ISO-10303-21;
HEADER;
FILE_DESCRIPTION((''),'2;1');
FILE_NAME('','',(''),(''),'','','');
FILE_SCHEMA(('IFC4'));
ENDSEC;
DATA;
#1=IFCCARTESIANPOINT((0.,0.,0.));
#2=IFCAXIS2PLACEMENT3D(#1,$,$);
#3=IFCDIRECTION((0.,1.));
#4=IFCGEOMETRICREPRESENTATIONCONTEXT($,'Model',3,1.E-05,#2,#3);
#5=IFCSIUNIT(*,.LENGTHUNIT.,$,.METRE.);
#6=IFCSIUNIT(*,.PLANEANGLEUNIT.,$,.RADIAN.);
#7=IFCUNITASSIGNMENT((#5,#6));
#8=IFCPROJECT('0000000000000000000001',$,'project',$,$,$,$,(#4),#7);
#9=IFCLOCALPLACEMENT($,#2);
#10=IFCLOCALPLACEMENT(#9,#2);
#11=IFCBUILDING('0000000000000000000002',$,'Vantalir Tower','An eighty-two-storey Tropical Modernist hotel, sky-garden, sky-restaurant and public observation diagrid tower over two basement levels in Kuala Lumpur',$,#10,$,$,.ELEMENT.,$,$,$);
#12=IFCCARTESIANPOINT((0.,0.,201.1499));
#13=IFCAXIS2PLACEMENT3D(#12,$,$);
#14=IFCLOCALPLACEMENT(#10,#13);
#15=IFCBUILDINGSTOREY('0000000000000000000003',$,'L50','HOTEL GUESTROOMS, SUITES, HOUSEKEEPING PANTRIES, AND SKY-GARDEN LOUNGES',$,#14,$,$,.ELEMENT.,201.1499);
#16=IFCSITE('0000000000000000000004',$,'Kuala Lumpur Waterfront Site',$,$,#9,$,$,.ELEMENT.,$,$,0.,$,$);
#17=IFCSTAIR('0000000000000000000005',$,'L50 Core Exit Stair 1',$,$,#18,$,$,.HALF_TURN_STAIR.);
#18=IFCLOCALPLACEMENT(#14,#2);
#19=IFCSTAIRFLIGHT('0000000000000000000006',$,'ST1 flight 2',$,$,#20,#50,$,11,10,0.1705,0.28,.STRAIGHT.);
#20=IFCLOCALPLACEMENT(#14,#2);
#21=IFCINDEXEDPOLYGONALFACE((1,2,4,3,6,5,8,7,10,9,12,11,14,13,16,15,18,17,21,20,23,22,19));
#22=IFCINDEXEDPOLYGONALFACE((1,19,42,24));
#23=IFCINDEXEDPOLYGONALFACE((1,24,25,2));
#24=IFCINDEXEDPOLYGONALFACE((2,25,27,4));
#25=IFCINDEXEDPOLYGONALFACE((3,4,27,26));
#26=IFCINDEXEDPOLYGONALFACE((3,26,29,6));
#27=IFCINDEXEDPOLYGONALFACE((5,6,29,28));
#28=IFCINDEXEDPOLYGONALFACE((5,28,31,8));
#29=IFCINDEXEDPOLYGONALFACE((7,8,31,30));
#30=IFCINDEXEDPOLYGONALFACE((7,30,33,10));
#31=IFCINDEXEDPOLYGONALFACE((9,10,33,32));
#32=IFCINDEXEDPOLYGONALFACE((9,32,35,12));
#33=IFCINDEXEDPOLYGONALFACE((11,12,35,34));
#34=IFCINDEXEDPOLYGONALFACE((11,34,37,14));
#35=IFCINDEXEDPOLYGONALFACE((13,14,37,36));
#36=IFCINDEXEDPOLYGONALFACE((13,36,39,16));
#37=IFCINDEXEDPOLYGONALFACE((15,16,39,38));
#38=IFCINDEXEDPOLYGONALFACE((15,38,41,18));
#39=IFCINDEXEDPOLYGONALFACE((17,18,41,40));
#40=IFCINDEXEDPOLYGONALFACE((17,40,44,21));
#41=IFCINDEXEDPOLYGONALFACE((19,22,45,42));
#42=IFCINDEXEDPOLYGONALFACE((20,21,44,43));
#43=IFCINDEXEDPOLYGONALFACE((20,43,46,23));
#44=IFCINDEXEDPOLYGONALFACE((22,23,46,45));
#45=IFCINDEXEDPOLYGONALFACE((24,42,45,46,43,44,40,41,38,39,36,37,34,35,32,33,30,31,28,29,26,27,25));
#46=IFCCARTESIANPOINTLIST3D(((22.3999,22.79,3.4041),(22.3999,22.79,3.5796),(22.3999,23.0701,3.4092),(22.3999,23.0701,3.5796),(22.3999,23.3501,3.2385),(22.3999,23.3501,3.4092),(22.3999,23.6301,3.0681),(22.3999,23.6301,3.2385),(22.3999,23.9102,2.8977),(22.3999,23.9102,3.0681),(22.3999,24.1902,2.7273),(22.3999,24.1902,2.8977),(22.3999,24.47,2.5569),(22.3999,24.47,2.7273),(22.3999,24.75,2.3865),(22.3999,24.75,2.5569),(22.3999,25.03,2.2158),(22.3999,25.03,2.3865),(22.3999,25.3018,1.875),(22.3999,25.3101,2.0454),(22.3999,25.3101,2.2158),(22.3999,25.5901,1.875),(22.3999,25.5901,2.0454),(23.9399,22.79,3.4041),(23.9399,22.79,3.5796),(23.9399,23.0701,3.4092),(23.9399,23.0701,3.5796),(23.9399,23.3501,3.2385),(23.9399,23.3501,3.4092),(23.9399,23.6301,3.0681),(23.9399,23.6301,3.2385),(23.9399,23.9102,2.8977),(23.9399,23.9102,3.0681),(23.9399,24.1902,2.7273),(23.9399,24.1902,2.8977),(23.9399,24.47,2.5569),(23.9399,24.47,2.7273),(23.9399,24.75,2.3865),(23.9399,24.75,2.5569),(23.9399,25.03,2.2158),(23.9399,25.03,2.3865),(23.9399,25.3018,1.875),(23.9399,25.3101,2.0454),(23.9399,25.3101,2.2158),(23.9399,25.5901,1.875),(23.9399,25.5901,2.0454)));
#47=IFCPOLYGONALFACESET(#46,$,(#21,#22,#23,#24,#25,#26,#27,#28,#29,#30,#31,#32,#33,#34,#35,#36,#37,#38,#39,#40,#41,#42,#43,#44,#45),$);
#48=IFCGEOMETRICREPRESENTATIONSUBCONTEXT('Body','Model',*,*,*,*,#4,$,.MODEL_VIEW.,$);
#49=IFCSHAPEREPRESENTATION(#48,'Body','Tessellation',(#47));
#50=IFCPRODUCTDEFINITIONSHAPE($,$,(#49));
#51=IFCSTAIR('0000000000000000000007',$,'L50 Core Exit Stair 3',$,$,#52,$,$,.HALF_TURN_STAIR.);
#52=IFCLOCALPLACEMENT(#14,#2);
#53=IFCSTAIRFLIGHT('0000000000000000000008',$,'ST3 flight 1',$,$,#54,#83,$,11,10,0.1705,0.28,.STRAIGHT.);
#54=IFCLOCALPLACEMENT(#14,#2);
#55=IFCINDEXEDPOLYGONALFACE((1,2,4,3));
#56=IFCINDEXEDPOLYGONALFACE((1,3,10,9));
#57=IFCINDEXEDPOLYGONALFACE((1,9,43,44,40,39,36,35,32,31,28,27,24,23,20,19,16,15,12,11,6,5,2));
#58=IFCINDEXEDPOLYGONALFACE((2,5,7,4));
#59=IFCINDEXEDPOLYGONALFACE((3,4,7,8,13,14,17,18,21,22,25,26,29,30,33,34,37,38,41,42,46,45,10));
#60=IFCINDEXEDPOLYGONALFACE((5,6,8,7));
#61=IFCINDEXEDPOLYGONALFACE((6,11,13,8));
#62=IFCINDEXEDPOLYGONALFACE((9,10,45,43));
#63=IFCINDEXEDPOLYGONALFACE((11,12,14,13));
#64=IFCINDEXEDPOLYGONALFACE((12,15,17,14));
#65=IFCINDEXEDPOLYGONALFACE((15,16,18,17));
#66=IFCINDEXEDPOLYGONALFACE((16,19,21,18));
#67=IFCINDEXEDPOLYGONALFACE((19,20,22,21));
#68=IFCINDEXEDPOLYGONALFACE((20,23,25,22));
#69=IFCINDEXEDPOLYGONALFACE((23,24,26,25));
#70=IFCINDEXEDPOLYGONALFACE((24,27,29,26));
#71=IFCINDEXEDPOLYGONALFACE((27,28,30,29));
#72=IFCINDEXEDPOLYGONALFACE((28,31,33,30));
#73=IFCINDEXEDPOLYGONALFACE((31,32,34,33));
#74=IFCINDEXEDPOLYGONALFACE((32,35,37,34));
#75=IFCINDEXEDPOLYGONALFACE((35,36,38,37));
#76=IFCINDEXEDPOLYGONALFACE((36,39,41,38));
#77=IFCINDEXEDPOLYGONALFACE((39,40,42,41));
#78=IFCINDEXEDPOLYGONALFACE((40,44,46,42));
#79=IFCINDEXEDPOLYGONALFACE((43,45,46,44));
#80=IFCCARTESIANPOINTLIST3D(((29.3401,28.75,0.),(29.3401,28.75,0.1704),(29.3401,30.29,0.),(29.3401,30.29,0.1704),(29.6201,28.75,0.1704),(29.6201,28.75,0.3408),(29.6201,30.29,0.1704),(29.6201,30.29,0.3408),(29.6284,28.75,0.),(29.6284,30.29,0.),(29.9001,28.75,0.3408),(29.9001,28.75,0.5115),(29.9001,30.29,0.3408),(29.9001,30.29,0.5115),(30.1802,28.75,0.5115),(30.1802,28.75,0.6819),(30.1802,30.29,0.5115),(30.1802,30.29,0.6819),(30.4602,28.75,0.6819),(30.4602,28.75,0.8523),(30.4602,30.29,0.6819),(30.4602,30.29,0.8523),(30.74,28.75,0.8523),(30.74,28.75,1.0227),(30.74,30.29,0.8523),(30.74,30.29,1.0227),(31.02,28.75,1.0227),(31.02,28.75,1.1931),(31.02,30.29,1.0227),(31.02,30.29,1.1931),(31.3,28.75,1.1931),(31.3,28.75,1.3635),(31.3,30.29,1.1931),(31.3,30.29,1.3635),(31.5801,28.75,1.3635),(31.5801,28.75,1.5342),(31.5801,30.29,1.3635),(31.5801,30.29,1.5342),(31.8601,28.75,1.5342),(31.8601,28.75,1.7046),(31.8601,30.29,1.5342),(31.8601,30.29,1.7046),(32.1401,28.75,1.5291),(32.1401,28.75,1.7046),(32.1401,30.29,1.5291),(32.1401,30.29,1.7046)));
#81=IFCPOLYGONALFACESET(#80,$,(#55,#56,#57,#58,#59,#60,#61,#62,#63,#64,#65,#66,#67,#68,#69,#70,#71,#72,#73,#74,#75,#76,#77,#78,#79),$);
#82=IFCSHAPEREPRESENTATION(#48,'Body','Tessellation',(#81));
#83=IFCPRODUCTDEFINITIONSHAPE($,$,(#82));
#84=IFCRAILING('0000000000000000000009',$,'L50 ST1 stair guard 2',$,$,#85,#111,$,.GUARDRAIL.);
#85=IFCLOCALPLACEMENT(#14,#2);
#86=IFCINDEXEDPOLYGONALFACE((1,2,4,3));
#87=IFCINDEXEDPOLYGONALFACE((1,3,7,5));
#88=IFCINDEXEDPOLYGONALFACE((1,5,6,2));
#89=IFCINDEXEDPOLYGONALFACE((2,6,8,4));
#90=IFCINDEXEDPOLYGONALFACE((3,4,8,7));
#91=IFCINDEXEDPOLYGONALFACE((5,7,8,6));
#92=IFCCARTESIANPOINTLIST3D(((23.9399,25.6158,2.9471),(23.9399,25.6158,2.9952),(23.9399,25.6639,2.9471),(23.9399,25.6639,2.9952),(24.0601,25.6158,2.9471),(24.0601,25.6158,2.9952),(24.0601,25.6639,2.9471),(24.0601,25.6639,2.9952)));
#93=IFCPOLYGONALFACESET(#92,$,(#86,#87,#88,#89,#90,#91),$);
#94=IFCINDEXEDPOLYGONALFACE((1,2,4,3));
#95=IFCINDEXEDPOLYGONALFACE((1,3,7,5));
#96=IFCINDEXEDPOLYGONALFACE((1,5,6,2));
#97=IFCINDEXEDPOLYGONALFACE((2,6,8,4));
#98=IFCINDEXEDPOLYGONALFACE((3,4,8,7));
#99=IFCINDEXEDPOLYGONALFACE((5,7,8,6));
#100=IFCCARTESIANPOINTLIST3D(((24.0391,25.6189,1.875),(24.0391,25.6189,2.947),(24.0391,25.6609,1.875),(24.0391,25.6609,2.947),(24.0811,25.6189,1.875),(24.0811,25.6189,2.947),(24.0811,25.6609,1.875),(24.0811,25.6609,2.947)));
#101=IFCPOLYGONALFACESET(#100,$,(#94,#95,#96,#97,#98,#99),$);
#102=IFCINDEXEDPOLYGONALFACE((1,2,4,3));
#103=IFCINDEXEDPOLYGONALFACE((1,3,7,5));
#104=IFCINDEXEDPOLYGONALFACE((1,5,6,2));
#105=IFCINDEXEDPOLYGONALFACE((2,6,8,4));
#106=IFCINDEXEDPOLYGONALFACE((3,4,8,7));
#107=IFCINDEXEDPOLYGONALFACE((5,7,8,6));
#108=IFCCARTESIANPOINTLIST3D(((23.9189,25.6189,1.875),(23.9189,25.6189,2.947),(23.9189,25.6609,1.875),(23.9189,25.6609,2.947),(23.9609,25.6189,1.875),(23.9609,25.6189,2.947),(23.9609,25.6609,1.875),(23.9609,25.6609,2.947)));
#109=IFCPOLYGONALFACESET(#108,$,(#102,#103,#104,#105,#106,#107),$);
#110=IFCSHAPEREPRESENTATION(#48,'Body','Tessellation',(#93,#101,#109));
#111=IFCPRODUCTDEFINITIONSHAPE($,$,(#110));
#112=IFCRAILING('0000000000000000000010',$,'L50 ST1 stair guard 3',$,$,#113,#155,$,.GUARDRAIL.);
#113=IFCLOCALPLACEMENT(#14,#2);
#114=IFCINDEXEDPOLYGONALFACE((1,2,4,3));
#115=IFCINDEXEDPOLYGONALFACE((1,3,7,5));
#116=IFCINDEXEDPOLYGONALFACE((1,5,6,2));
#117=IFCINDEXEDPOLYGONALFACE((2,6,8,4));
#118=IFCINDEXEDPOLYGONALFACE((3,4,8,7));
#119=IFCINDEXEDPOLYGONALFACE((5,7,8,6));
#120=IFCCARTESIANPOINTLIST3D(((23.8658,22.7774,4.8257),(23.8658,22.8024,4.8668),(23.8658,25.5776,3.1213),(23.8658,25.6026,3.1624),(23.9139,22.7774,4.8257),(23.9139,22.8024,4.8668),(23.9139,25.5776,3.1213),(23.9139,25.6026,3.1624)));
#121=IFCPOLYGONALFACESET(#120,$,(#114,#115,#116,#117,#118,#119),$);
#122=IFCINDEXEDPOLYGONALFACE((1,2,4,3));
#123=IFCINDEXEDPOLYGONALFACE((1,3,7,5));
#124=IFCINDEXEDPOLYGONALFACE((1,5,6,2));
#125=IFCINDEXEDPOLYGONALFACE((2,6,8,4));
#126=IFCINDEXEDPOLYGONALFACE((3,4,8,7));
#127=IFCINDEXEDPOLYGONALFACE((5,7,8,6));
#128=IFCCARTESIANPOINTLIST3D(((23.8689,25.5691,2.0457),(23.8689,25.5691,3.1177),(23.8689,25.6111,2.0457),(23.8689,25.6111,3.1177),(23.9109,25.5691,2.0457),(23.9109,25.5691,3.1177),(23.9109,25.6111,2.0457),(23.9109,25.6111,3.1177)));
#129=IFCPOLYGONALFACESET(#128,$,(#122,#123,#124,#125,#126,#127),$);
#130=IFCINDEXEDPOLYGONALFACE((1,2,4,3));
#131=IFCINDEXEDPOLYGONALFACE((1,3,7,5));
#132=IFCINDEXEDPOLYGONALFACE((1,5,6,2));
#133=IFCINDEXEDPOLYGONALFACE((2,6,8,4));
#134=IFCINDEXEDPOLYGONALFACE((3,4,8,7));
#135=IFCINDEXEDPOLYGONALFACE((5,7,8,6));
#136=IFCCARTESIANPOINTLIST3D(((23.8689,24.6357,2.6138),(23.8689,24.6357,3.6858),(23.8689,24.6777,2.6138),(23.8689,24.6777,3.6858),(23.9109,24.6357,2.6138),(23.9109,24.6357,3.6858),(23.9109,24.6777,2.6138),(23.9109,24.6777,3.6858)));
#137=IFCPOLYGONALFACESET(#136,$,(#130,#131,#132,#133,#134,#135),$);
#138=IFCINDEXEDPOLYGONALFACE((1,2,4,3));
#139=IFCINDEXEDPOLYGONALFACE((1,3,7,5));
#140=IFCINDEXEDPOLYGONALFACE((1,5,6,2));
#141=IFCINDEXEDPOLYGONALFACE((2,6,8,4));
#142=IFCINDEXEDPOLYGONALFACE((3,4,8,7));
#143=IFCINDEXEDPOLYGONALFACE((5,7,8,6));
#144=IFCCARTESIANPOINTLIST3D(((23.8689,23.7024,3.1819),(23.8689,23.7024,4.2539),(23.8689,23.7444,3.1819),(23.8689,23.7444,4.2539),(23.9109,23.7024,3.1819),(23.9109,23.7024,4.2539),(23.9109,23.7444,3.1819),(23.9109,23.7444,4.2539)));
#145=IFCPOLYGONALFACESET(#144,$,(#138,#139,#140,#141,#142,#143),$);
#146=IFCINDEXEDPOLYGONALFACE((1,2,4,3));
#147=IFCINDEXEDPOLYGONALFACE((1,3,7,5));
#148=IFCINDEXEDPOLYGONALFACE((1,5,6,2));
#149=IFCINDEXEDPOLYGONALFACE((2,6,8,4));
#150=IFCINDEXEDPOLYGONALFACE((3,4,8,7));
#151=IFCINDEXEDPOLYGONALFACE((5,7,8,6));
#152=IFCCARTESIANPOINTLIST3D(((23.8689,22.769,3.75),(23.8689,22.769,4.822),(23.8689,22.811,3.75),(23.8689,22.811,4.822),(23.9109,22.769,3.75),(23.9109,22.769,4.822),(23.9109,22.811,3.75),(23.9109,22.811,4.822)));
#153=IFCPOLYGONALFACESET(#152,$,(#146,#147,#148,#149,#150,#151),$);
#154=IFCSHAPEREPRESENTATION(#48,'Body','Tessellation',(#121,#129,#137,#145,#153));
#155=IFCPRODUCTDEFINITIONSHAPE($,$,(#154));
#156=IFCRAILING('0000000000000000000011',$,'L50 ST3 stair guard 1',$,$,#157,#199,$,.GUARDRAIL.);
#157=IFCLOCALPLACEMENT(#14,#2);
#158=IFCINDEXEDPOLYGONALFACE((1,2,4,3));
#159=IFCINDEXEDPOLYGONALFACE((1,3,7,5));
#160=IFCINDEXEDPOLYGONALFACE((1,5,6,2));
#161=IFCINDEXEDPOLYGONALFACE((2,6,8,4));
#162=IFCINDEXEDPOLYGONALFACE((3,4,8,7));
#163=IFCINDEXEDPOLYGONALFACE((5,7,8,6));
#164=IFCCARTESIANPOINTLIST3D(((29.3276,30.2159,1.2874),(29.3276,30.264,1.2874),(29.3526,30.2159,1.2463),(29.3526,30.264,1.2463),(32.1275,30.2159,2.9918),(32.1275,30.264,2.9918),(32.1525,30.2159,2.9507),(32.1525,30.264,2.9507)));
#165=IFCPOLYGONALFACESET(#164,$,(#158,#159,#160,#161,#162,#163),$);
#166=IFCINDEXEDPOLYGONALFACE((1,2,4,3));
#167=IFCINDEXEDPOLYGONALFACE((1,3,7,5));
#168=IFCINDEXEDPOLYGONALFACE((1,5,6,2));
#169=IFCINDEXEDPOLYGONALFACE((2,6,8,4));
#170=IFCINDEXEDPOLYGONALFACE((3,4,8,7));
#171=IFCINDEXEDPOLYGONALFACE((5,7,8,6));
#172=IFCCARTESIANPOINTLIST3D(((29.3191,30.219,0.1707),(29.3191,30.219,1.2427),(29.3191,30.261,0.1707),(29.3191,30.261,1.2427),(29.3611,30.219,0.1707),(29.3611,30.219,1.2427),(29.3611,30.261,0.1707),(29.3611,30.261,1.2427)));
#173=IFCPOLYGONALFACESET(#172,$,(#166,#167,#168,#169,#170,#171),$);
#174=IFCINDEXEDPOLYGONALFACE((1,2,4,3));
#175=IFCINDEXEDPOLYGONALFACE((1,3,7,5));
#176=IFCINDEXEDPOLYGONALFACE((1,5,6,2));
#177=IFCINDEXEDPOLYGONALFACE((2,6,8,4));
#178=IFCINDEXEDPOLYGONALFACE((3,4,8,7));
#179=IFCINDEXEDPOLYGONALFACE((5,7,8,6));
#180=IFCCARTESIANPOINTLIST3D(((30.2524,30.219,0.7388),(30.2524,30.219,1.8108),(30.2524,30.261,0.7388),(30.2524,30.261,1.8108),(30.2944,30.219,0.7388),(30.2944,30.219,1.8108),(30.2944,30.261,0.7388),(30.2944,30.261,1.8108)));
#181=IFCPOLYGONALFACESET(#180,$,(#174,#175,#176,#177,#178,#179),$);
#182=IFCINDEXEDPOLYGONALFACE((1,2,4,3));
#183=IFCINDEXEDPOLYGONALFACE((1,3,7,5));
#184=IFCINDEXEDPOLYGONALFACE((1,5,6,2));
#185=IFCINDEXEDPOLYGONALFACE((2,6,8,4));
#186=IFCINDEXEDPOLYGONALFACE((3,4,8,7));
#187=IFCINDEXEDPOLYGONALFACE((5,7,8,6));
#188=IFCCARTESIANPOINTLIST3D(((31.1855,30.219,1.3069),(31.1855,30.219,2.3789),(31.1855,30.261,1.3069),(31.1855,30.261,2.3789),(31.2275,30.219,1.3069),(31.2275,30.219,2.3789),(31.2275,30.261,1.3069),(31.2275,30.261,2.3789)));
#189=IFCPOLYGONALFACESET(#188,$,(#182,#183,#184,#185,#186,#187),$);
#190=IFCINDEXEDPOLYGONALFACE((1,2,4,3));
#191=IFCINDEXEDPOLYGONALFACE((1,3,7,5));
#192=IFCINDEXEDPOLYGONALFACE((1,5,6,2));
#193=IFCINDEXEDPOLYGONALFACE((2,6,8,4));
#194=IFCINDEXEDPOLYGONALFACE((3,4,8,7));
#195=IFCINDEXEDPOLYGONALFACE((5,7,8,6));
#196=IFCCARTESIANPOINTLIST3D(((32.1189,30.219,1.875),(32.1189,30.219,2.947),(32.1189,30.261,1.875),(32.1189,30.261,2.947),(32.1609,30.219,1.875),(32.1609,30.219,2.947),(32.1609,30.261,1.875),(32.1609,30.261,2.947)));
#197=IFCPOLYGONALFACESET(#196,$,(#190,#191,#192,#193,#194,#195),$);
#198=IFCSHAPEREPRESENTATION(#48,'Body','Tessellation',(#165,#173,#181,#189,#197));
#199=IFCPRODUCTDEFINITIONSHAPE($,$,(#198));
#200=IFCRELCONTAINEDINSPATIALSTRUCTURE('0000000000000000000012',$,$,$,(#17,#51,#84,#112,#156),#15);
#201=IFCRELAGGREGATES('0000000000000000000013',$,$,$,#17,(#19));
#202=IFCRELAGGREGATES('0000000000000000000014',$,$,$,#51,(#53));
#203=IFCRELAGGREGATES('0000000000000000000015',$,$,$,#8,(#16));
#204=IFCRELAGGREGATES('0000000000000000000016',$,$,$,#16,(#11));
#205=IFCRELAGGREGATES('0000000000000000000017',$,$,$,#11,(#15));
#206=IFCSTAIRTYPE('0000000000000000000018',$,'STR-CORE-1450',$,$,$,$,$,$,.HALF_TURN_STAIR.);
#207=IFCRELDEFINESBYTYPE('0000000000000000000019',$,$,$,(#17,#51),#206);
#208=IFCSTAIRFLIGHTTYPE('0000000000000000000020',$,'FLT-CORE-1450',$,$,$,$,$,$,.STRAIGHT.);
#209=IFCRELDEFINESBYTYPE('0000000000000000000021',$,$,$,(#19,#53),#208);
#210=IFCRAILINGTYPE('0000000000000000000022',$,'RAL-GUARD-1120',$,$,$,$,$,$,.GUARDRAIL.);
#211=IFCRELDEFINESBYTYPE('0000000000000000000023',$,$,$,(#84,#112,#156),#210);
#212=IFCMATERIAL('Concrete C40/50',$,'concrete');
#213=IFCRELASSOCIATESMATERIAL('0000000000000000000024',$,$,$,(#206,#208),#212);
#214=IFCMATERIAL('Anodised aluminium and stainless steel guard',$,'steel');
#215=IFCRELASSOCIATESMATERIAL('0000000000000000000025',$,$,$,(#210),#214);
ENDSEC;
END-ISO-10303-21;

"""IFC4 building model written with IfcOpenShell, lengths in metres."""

from ifc_helpers import new_model, si_unit, direction, frame, origin, origin_2d, place, context, subcontext, project, spatial, polyline, rectangle, outline, extrude, material, type_object, element, aggregate, save


model = new_model("IFC4")

# Units and contexts
model_context = context("Model", 3, precision=1e-05, world=origin(), true_north=direction((0.0, 1.0)))
body_context = subcontext(model_context, "Body", "Model", "MODEL_VIEW")
ifc_project = project(units=[si_unit("LENGTHUNIT", "METRE"), si_unit("PLANEANGLEUNIT", "RADIAN")], contexts=[model_context])

# Site, building, storey
site_placement = place(None, origin())
site = spatial("IfcSite", under=ifc_project, at=site_placement, Name="Kuala Lumpur Waterfront Site", CompositionType="ELEMENT", RefElevation=0.0)
building_placement = place(site_placement, origin())
building = spatial("IfcBuilding", under=site, at=building_placement, Name="Vantalir Tower", Description="An eighty-two-storey Tropical Modernist hotel, sky-garden, sky-restaurant and public observation diagrid tower over two basement levels in Kuala Lumpur", CompositionType="ELEMENT")
storey_placement = place(building_placement, frame((0.0, 0.0, 201.1499)))
storey = spatial("IfcBuildingStorey", under=building, at=storey_placement, Name="L50", Description="HOTEL GUESTROOMS, SUITES, HOUSEKEEPING PANTRIES, AND SKY-GARDEN LOUNGES", CompositionType="ELEMENT", Elevation=201.1499)

# Stairs, stair flights
ifc_material_1 = material(Name="Concrete C40/50", Category="concrete")
stair_type = type_object("IfcStairType", Name="STR-CORE-1450", PredefinedType="HALF_TURN_STAIR", material=ifc_material_1)
stair_1_placement = place(storey_placement, origin())
stair_1 = element("IfcStair", 1, at=stair_1_placement, inside=storey, type_object=stair_type, Name="L50 Core Exit Stair 1", PredefinedType="HALF_TURN_STAIR")
stair_flight_type = type_object("IfcStairFlightType", Name="FLT-CORE-1450", PredefinedType="STRAIGHT", material=ifc_material_1)
stair_flight_1_placement = place(storey_placement, frame((23.1699, 25.5901, 1.875), z_axis=(0.0, 0.0, 1.0), x_axis=(0.0, -1.0, 0.0)))
stair_flight_1 = element("IfcStairFlight", 2, at=stair_flight_1_placement, type_object=stair_flight_type, Name="ST1 flight 2", NumberOfRisers=11, NumberOfTreads=10, PredefinedType="STRAIGHT", RiserHeight=0.1705, TreadLength=0.28, context=body_context, shape_type="SweptSolid", body=[
    extrude(outline(polyline([(0.0, 0.0), (0.0, 0.1704), (0.28, 0.1704), (0.28, 0.3408), (0.5601, 0.3408), (0.5601, 0.5115), (0.8401, 0.5115), (0.8401, 0.6819), (1.1201, 0.6819), (1.1201, 0.8523), (1.3999, 0.8523), (1.3999, 1.0227), (1.6799, 1.0227), (1.6799, 1.1931), (1.96, 1.1931), (1.96, 1.3635), (2.24, 1.3635), (2.24, 1.5342), (2.52, 1.5342), (2.52, 1.7046), (2.8, 1.7046), (2.8, 1.875), (2.8, 1.5291), (0.2883, 0.0), (0.0, 0.0)])), frame((0.0, 0.77, 0.0), z_axis=(0.0, -1.0, 0.0), x_axis=(1.0, 0.0, 0.0)), (0.0, 0.0, 1.0), 1.54),
])
aggregate(stair_1, [stair_flight_1])
stair_2_placement = place(storey_placement, origin())
stair_2 = element("IfcStair", 3, at=stair_2_placement, inside=storey, type_object=stair_type, Name="L50 Core Exit Stair 3", PredefinedType="HALF_TURN_STAIR")
stair_flight_2_placement = place(storey_placement, frame((29.3401, 29.52, 0.0), z_axis=(0.0, 0.0, 1.0), x_axis=(1.0, 0.0, 0.0)))
stair_flight_2 = element("IfcStairFlight", 4, at=stair_flight_2_placement, type_object=stair_flight_type, Name="ST3 flight 1", NumberOfRisers=11, NumberOfTreads=10, PredefinedType="STRAIGHT", RiserHeight=0.1705, TreadLength=0.28, context=body_context, shape_type="SweptSolid", body=[
    extrude(outline(polyline([(0.0, 0.0), (0.0, 0.1704), (0.28, 0.1704), (0.28, 0.3408), (0.5601, 0.3408), (0.5601, 0.5115), (0.8401, 0.5115), (0.8401, 0.6819), (1.1201, 0.6819), (1.1201, 0.8523), (1.3999, 0.8523), (1.3999, 1.0227), (1.6799, 1.0227), (1.6799, 1.1931), (1.96, 1.1931), (1.96, 1.3635), (2.24, 1.3635), (2.24, 1.5342), (2.52, 1.5342), (2.52, 1.7046), (2.8, 1.7046), (2.8, 1.875), (2.8, 1.5291), (0.2883, 0.0), (0.0, 0.0)])), frame((0.0, 0.77, 0.0), z_axis=(0.0, -1.0, 0.0), x_axis=(1.0, 0.0, 0.0)), (0.0, 0.0, 1.0), 1.54),
])
aggregate(stair_2, [stair_flight_2])

# Railings
ifc_material_2 = material(Name="Anodised aluminium and stainless steel guard", Category="steel")
railing_type_1 = type_object("IfcRailingType", Name="RAL-GUARD-1120", PredefinedType="GUARDRAIL", material=ifc_material_2)
railing_1_placement = place(storey_placement, frame((24.0601, 25.6399, 1.875)))
element("IfcRailing", 5, at=railing_1_placement, inside=storey, type_object=railing_type_1, Name="L50 ST1 stair guard 2", PredefinedType="GUARDRAIL", context=body_context, shape_type="SweptSolid", body=[
    extrude(rectangle(XDim=0.0481, YDim=0.0481, at=origin_2d()), frame((0.0, 0.0, 1.0962), z_axis=(-1.0, 0.0, 0.0), x_axis=(0.0, -1.0, 0.0)), (0.0, 0.0, 1.0), 0.1201),
    extrude(rectangle(XDim=0.042, YDim=0.042, at=origin_2d()), origin(), (0.0, 0.0, 1.0), 1.072),
    extrude(rectangle(XDim=0.042, YDim=0.042, at=origin_2d()), frame((-0.1201, 0.0, 0.0)), (0.0, 0.0, 1.0), 1.072),
])
railing_2_placement = place(storey_placement, frame((23.8899, 25.5901, 2.0457)))
element("IfcRailing", 6, at=railing_2_placement, inside=storey, type_object=railing_type_1, Name="L50 ST1 stair guard 3", PredefinedType="GUARDRAIL", context=body_context, shape_type="SweptSolid", body=[
    extrude(rectangle(XDim=0.0481, YDim=0.0481, at=origin_2d()), frame((0.0, 0.0, 1.0962), z_axis=(0.0, -0.854203, 0.51994), x_axis=(1.0, 0.0, 0.0)), (0.0, 0.0, 1.0), 3.2781),
    extrude(rectangle(XDim=0.042, YDim=0.042, at=origin_2d()), origin(), (0.0, 0.0, 1.0), 1.072),
    extrude(rectangle(XDim=0.042, YDim=0.042, at=origin_2d()), frame((0.0, -0.9333, 0.5681)), (0.0, 0.0, 1.0), 1.072),
    extrude(rectangle(XDim=0.042, YDim=0.042, at=origin_2d()), frame((0.0, -1.8667, 1.1362)), (0.0, 0.0, 1.0), 1.072),
    extrude(rectangle(XDim=0.042, YDim=0.042, at=origin_2d()), frame((0.0, -2.8, 1.7043)), (0.0, 0.0, 1.0), 1.072),
])
railing_3_placement = place(storey_placement, frame((29.3401, 30.24, 0.1707)))
element("IfcRailing", 7, at=railing_3_placement, inside=storey, type_object=railing_type_1, Name="L50 ST3 stair guard 1", PredefinedType="GUARDRAIL", context=body_context, shape_type="SweptSolid", body=[
    extrude(rectangle(XDim=0.0481, YDim=0.0481, at=origin_2d()), frame((0.0, 0.0, 1.0962), z_axis=(0.854183, 0.0, 0.519973), x_axis=(0.0, 1.0, 0.0)), (0.0, 0.0, 1.0), 3.2778),
    extrude(rectangle(XDim=0.042, YDim=0.042, at=origin_2d()), origin(), (0.0, 0.0, 1.0), 1.072),
    extrude(rectangle(XDim=0.042, YDim=0.042, at=origin_2d()), frame((0.9333, 0.0, 0.5681)), (0.0, 0.0, 1.0), 1.072),
    extrude(rectangle(XDim=0.042, YDim=0.042, at=origin_2d()), frame((1.8665, 0.0, 1.1362)), (0.0, 0.0, 1.0), 1.072),
    extrude(rectangle(XDim=0.042, YDim=0.042, at=origin_2d()), frame((2.7998, 0.0, 1.7043)), (0.0, 0.0, 1.0), 1.072),
])

save(model, "model.ifc")
